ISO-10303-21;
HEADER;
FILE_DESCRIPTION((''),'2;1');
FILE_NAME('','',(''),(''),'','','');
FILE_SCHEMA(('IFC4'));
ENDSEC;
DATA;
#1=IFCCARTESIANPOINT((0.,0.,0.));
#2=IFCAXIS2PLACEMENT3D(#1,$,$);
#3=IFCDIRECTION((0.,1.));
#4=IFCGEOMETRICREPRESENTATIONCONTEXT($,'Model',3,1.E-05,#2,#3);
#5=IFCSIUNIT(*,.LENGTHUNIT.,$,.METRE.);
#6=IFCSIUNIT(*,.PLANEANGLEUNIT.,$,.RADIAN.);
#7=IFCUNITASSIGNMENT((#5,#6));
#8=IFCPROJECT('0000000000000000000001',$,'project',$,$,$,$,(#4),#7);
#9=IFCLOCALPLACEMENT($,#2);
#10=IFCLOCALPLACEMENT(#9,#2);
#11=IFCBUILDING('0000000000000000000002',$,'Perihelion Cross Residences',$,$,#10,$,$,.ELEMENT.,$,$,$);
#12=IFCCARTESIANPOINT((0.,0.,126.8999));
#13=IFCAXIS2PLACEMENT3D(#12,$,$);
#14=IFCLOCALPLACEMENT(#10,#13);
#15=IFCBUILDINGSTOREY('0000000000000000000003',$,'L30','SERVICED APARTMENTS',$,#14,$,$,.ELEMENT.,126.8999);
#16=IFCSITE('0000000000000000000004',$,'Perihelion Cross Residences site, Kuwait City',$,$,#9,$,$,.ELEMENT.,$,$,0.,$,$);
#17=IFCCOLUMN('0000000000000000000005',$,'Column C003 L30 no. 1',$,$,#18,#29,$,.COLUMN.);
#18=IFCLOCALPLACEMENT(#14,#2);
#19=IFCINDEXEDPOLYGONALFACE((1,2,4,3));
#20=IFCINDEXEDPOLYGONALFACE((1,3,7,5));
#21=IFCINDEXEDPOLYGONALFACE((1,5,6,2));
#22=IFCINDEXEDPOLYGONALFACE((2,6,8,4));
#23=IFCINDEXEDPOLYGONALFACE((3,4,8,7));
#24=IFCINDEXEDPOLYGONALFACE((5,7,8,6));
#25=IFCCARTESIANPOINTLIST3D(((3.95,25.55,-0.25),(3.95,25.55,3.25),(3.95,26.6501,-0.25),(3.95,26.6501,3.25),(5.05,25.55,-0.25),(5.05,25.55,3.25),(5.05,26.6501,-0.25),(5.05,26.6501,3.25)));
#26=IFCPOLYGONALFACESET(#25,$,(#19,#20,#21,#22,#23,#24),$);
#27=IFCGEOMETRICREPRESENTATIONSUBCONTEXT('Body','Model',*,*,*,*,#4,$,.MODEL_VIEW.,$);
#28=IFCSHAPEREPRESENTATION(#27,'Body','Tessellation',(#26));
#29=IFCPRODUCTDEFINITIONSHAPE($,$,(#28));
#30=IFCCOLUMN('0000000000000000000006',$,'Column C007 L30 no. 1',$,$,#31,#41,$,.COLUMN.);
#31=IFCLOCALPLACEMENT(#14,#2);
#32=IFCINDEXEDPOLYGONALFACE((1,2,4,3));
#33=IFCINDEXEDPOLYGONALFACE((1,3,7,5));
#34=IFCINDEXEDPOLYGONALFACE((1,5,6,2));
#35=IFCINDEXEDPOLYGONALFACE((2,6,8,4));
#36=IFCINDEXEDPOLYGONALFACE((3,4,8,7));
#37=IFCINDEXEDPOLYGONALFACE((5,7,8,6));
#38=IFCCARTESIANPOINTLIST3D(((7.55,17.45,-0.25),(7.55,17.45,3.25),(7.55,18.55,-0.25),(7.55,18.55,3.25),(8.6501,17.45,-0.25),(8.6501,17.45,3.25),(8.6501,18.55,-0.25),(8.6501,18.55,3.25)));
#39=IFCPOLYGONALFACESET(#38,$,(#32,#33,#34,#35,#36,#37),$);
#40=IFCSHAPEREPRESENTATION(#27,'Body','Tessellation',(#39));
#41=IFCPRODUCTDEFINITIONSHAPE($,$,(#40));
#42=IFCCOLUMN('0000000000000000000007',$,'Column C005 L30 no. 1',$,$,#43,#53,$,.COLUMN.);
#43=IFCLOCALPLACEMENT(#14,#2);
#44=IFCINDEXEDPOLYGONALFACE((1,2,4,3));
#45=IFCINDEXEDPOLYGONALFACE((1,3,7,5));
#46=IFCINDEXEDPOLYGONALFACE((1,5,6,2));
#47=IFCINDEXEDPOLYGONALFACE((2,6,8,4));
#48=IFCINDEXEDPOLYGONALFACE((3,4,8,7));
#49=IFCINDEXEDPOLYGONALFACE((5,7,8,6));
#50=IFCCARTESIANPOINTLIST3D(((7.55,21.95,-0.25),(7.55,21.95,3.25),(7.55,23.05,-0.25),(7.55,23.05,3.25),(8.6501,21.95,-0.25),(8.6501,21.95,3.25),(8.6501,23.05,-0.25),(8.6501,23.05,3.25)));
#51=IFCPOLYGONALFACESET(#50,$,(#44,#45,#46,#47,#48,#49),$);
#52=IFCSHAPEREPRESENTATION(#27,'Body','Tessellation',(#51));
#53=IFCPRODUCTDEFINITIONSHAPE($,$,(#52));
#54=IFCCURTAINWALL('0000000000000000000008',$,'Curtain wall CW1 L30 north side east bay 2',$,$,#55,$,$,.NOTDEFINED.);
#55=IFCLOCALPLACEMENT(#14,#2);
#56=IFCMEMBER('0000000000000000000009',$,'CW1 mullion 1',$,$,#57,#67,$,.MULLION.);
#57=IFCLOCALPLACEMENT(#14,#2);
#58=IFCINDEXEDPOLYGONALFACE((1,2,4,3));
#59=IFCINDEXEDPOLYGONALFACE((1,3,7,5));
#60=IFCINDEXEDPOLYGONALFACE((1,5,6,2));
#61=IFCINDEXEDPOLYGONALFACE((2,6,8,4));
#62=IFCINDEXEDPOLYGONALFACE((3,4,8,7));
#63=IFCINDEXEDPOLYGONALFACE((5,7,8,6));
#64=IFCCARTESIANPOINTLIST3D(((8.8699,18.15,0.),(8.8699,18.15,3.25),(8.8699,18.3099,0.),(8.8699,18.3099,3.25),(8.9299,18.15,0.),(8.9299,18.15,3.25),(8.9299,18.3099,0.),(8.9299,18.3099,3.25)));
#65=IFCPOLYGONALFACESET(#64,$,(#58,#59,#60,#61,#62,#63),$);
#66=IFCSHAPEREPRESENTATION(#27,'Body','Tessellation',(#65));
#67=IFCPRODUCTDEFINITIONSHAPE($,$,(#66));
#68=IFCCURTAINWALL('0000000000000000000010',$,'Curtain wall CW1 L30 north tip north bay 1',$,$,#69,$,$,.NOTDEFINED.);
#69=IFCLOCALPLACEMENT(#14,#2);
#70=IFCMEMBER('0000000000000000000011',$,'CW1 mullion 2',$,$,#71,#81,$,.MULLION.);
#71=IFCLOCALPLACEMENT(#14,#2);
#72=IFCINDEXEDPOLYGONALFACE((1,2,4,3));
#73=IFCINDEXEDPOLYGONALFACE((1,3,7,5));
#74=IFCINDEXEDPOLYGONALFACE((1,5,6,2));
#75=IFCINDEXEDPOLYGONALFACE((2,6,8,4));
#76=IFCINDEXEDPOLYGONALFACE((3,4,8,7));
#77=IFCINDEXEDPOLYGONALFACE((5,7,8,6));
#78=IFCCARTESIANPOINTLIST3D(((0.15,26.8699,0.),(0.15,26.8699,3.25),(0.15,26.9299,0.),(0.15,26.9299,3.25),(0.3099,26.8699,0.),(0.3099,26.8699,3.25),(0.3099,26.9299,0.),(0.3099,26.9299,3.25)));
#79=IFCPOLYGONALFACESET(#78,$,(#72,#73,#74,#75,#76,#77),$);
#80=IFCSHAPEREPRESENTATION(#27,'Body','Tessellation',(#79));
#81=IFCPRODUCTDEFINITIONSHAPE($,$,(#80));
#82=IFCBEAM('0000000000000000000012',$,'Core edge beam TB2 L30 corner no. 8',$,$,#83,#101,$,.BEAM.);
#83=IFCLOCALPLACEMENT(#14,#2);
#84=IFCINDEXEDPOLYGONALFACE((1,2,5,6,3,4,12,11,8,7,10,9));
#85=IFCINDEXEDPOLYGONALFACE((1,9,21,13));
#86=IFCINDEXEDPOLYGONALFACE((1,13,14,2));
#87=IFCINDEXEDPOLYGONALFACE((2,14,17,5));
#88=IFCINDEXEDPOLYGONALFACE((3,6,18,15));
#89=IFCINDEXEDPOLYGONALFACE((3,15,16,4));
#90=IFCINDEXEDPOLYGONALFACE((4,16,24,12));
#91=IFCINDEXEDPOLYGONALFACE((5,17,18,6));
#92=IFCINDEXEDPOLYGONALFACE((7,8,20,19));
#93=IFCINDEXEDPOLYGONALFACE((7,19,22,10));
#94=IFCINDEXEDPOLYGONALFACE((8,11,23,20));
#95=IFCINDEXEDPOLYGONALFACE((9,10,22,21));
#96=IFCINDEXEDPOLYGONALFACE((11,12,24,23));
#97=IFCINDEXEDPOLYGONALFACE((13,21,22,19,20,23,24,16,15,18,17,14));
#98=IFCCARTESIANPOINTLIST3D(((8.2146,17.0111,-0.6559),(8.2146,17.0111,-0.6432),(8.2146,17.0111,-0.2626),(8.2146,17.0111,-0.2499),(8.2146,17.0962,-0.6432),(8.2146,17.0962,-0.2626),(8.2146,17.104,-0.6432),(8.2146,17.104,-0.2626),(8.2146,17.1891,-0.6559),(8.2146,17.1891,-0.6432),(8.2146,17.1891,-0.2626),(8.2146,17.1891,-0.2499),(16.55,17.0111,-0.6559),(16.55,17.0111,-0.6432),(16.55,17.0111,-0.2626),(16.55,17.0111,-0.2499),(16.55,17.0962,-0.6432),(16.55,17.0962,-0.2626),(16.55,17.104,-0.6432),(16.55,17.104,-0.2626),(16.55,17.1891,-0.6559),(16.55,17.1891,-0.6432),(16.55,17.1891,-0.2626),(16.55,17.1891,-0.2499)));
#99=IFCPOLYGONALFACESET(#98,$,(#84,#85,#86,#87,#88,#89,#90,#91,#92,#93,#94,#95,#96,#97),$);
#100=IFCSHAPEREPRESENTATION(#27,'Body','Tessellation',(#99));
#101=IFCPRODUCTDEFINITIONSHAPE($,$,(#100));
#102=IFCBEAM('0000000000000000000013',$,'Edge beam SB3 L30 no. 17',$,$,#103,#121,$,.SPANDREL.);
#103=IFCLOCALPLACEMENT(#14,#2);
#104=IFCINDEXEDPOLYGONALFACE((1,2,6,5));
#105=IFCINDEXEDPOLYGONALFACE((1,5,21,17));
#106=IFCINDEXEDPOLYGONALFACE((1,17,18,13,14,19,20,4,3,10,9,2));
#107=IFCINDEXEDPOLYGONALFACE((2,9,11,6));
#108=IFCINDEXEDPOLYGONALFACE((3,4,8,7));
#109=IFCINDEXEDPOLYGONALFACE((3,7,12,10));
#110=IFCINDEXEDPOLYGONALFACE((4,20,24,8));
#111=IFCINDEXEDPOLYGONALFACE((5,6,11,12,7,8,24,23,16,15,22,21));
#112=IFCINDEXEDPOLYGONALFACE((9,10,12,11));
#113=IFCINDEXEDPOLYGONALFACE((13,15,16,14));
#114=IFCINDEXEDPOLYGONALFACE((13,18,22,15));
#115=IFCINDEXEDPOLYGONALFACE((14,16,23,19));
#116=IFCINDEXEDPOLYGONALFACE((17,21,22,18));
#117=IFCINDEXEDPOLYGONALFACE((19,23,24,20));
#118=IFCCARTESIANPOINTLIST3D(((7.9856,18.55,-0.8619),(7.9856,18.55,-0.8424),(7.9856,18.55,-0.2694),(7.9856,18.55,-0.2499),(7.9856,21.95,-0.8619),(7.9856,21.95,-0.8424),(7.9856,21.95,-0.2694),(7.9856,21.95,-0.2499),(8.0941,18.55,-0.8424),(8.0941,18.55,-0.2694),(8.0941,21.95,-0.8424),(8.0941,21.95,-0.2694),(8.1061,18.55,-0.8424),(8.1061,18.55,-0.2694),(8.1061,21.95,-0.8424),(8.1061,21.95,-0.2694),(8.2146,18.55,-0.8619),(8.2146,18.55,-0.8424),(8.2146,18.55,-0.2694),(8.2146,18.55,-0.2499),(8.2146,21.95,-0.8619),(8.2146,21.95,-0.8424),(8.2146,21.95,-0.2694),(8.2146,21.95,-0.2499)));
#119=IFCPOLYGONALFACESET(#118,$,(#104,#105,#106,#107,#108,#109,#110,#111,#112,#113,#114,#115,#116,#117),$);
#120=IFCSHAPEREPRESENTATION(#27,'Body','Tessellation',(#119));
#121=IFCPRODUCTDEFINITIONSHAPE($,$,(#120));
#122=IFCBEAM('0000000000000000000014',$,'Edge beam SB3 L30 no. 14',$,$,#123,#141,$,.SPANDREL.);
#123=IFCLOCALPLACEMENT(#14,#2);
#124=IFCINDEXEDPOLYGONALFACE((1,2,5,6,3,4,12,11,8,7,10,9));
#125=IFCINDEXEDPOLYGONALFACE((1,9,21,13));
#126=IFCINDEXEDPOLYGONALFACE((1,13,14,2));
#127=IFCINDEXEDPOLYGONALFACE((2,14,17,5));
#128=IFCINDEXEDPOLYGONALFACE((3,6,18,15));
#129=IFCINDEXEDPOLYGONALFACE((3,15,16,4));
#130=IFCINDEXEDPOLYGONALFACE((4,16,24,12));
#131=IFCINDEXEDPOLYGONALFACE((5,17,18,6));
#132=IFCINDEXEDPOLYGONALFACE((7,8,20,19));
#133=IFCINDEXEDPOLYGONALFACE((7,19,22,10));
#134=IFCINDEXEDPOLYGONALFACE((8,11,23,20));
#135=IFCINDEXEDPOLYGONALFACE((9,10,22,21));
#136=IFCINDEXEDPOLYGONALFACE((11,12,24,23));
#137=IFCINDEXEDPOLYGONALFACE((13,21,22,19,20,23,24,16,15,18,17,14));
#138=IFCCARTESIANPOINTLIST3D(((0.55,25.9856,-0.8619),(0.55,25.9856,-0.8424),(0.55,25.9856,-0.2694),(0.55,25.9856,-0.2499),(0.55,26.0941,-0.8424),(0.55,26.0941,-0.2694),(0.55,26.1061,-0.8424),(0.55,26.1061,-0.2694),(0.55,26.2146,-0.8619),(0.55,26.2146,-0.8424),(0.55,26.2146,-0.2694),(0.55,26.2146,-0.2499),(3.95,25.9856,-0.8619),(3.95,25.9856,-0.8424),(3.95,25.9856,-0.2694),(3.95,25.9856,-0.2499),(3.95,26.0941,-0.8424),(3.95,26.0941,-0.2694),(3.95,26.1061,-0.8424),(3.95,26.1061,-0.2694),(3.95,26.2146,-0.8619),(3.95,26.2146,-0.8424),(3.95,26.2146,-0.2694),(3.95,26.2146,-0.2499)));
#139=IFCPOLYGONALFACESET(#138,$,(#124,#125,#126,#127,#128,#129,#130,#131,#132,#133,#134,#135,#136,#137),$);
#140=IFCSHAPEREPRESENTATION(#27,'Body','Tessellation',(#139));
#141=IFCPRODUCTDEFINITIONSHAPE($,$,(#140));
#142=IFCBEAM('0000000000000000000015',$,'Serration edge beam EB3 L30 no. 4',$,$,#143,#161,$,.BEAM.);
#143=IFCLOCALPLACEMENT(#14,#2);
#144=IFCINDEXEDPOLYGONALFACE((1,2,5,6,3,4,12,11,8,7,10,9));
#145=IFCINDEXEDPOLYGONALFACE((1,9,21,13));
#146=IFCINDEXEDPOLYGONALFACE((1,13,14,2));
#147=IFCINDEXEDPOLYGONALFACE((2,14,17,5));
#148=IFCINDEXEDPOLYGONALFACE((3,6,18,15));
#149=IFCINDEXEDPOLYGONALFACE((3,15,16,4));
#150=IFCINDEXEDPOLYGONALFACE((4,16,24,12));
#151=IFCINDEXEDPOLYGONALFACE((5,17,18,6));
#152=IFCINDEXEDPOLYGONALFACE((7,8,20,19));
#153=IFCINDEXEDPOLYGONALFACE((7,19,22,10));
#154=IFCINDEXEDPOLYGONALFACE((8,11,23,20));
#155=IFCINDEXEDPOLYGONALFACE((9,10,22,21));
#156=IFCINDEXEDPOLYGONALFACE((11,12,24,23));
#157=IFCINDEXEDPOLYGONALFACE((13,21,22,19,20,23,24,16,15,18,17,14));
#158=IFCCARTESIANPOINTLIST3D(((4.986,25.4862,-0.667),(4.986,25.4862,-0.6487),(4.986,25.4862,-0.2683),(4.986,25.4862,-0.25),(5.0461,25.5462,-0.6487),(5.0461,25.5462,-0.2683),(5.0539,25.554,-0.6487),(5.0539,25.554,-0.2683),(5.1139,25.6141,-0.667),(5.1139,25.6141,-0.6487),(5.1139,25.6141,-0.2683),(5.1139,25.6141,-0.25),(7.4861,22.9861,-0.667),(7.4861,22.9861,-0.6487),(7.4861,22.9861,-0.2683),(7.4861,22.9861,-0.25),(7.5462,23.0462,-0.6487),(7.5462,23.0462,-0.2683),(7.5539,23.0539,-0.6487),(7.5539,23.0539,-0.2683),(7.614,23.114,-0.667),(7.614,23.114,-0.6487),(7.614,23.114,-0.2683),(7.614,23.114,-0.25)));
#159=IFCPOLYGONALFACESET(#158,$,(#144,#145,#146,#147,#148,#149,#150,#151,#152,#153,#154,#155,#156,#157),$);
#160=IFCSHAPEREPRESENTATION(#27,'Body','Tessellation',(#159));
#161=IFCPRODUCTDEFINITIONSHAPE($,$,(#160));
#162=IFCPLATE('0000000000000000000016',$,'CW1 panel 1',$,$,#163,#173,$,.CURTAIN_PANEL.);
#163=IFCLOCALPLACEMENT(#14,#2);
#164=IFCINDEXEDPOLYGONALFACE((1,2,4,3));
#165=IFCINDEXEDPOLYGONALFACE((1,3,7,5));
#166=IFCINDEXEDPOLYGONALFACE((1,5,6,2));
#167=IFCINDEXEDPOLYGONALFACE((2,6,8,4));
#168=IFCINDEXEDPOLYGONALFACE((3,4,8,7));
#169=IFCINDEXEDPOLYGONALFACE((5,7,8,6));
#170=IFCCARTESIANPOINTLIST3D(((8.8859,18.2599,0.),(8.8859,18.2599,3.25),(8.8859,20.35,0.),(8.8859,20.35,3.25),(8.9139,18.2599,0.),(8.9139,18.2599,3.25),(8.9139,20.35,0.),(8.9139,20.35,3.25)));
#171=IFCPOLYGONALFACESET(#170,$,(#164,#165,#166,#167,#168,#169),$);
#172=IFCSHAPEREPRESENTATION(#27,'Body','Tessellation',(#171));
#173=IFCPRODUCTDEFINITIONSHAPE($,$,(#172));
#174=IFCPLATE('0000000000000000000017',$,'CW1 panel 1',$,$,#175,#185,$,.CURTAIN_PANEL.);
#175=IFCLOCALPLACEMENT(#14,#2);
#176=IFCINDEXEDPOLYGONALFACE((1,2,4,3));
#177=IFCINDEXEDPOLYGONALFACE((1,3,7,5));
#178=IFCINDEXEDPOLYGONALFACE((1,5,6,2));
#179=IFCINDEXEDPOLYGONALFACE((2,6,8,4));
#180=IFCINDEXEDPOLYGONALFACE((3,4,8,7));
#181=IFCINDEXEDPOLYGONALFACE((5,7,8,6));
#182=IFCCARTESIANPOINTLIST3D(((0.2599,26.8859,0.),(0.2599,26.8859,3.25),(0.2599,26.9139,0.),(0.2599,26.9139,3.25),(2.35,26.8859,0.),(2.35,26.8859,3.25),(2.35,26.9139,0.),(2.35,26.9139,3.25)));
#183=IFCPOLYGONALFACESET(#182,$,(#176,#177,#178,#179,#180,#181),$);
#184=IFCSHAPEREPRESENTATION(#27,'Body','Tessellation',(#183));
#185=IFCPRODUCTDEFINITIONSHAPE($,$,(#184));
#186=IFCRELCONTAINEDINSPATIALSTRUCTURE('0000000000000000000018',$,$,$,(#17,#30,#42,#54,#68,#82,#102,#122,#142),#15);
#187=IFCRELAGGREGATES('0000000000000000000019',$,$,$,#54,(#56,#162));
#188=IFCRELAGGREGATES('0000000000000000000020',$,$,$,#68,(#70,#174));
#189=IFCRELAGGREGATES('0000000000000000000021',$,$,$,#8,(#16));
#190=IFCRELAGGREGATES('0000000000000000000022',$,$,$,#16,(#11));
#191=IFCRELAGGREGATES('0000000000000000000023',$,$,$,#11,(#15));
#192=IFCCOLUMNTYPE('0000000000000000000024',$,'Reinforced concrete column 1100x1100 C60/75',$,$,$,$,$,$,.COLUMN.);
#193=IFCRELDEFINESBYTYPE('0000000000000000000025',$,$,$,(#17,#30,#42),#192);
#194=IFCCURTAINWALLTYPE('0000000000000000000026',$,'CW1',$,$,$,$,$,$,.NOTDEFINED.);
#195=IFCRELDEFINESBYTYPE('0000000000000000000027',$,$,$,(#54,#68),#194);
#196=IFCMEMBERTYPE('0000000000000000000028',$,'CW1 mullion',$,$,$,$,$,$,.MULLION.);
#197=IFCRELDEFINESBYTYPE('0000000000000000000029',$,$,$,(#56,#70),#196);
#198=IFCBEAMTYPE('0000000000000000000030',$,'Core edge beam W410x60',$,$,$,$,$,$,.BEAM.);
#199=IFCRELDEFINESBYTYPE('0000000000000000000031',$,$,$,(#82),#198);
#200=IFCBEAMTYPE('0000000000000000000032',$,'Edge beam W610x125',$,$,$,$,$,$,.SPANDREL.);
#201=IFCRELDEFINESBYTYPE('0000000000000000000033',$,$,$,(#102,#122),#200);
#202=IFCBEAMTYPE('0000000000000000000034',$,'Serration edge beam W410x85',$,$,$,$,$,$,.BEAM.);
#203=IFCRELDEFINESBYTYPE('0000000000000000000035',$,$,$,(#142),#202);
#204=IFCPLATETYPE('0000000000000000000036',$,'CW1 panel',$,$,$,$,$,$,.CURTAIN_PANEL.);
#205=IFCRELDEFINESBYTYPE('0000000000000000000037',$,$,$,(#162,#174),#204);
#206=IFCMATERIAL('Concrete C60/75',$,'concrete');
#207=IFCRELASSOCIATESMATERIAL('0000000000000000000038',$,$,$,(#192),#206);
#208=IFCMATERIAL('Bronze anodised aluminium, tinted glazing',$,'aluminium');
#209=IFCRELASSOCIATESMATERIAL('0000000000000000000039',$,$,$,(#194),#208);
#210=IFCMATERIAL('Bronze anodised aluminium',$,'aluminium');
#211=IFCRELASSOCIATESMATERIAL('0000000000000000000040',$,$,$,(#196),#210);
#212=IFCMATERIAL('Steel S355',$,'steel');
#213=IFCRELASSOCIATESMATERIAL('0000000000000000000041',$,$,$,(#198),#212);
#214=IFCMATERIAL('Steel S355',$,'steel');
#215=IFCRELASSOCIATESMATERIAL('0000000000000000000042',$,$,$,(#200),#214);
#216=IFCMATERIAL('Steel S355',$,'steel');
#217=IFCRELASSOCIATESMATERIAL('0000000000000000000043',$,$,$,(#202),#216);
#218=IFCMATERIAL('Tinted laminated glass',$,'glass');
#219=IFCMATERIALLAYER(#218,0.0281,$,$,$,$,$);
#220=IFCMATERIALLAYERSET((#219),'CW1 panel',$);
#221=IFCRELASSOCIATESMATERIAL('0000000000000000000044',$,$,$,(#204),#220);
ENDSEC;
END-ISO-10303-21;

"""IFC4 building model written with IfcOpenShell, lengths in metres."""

from ifc_helpers import new_model, si_unit, direction, frame, origin, origin_2d, place, context, subcontext, project, spatial, rectangle, i_section, extrude, material, layer, layer_set, material_profile, profile_set, type_object, element, aggregate, save


model = new_model("IFC4")

# Units and contexts
model_context = context("Model", 3, precision=1e-05, world=origin(), true_north=direction((0.0, 1.0)))
body_context = subcontext(model_context, "Body", "Model", "MODEL_VIEW")
ifc_project = project(units=[si_unit("LENGTHUNIT", "METRE"), si_unit("PLANEANGLEUNIT", "RADIAN")], contexts=[model_context])

# Site, building, storey
site_placement = place(None, origin())
site = spatial("IfcSite", under=ifc_project, at=site_placement, Name="Perihelion Cross Residences site, Kuwait City", CompositionType="ELEMENT", RefElevation=0.0)
building_placement = place(site_placement, origin())
building = spatial("IfcBuilding", under=site, at=building_placement, Name="Perihelion Cross Residences", CompositionType="ELEMENT")
storey_placement = place(building_placement, frame((0.0, 0.0, 126.8999)))
storey = spatial("IfcBuildingStorey", under=building, at=storey_placement, Name="L30", Description="SERVICED APARTMENTS", CompositionType="ELEMENT", Elevation=126.8999)

# Columns
ifc_material_1 = material(Name="Concrete C60/75", Category="concrete")
ifc_material_profile_1 = material_profile(ifc_material_1, rectangle(XDim=1.1001, YDim=1.1001, at=origin_2d()), Name="RC 1100x1100")
ifc_profile_set_1 = profile_set([ifc_material_profile_1], Name="Concrete C60/75")
column_type = type_object("IfcColumnType", Name="Reinforced concrete column 1100x1100 C60/75", PredefinedType="COLUMN", material=ifc_profile_set_1)
for number, where, z_axis, x_axis, name in (
    (1, (4.5, 26.1001, -0.25), (0.0, 0.0, 1.0), (1.0, 0.0, 0.0), "Column C003 L30 no. 1"),
    (2, (8.1001, 18.0, -0.25), (0.0, 0.0, 1.0), (1.0, 0.0, 0.0), "Column C007 L30 no. 1"),
    (3, (8.1001, 22.5, -0.25), (0.0, 0.0, 1.0), (1.0, 0.0, 0.0), "Column C005 L30 no. 1"),
):
    element("IfcColumn", number, at=place(storey_placement, frame(where, z_axis=z_axis, x_axis=x_axis)), inside=storey, type_object=column_type, Name=name, PredefinedType="COLUMN", context=body_context, shape_type="SweptSolid", body=[
        extrude(rectangle(XDim=1.1001, YDim=1.1001, at=origin_2d()), origin(), (0.0, 0.0, 1.0), 3.5),
    ])

# Curtain walls, members
ifc_material_2 = material(Name="Bronze anodised aluminium, tinted glazing", Category="aluminium")
curtain_wall_type = type_object("IfcCurtainWallType", Name="CW1", PredefinedType="NOTDEFINED", material=ifc_material_2)
curtain_wall_1_placement = place(storey_placement, origin())
curtain_wall_1 = element("IfcCurtainWall", 4, at=curtain_wall_1_placement, inside=storey, type_object=curtain_wall_type, Name="Curtain wall CW1 L30 north side east bay 2", PredefinedType="NOTDEFINED")
ifc_material_3 = material(Name="Bronze anodised aluminium", Category="aluminium")
ifc_material_profile_2 = material_profile(ifc_material_3, rectangle(XDim=0.0601, YDim=0.1599, at=origin_2d()), Name="CW1 mullion")
ifc_profile_set_2 = profile_set([ifc_material_profile_2], Name="Bronze anodised aluminium")
member_type = type_object("IfcMemberType", Name="CW1 mullion", PredefinedType="MULLION", material=ifc_profile_set_2)
member_1_placement = place(storey_placement, frame((8.8999, 18.23, 0.0), z_axis=(0.0, 0.0, 1.0), x_axis=(-1.0, 0.0, 0.0)))
member_1 = element("IfcMember", 5, at=member_1_placement, type_object=member_type, Name="CW1 mullion 1", PredefinedType="MULLION", context=body_context, shape_type="SweptSolid", body=[
    extrude(rectangle(XDim=0.0601, YDim=0.1599, at=origin_2d()), origin(), (0.0, 0.0, 1.0), 3.25),
])
curtain_wall_2_placement = place(storey_placement, origin())
curtain_wall_2 = element("IfcCurtainWall", 6, at=curtain_wall_2_placement, inside=storey, type_object=curtain_wall_type, Name="Curtain wall CW1 L30 north tip north bay 1", PredefinedType="NOTDEFINED")
member_2_placement = place(storey_placement, frame((0.23, 26.8999, 0.0), z_axis=(0.0, 0.0, 1.0), x_axis=(0.0, -1.0, 0.0)))
member_2 = element("IfcMember", 7, at=member_2_placement, type_object=member_type, Name="CW1 mullion 2", PredefinedType="MULLION", context=body_context, shape_type="SweptSolid", body=[
    extrude(rectangle(XDim=0.0601, YDim=0.1599, at=origin_2d()), origin(), (0.0, 0.0, 1.0), 3.25),
])

# Beams
ifc_material_4 = material(Name="Steel S355", Category="steel")
ifc_material_profile_3 = material_profile(ifc_material_4, i_section(OverallWidth=0.178, OverallDepth=0.406, WebThickness=0.0078, FlangeThickness=0.0127, at=origin_2d()), Name="W410x60")
ifc_profile_set_3 = profile_set([ifc_material_profile_3], Name="Steel S355")
beam_type_1 = type_object("IfcBeamType", Name="Core edge beam W410x60", PredefinedType="BEAM", material=ifc_profile_set_3)
beam_1_placement = place(storey_placement, frame((8.2146, 17.1001, -0.4529), z_axis=(1.0, 0.0, 0.0), x_axis=(0.0, 1.0, 0.0)))
element("IfcBeam", 8, at=beam_1_placement, inside=storey, type_object=beam_type_1, Name="Core edge beam TB2 L30 corner no. 8", PredefinedType="BEAM", context=body_context, shape_type="SweptSolid", body=[
    extrude(i_section(OverallWidth=0.178, OverallDepth=0.406, WebThickness=0.0078, FlangeThickness=0.0127, at=origin_2d()), origin(), (0.0, 0.0, 1.0), 8.3354),
])
ifc_material_5 = material(Name="Steel S355", Category="steel")
ifc_material_profile_4 = material_profile(ifc_material_5, i_section(OverallWidth=0.229, OverallDepth=0.6121, WebThickness=0.012, FlangeThickness=0.0195, at=origin_2d()), Name="W610x125")
ifc_profile_set_4 = profile_set([ifc_material_profile_4], Name="Steel S355")
beam_type_2 = type_object("IfcBeamType", Name="Edge beam W610x125", PredefinedType="SPANDREL", material=ifc_profile_set_4)
for number, where, z_axis, x_axis, name in (
    (9, (8.1001, 18.55, -0.5559), (0.0, 1.0, 0.0), (-1.0, 0.0, 0.0), "Edge beam SB3 L30 no. 17"),
    (10, (3.95, 26.1001, -0.5559), (-1.0, 0.0, 0.0), (0.0, -1.0, 0.0), "Edge beam SB3 L30 no. 14"),
):
    element("IfcBeam", number, at=place(storey_placement, frame(where, z_axis=z_axis, x_axis=x_axis)), inside=storey, type_object=beam_type_2, Name=name, PredefinedType="SPANDREL", context=body_context, shape_type="SweptSolid", body=[
        extrude(i_section(OverallWidth=0.229, OverallDepth=0.6121, WebThickness=0.012, FlangeThickness=0.0195, at=origin_2d()), origin(), (0.0, 0.0, 1.0), 3.3999),
    ])
ifc_material_6 = material(Name="Steel S355", Category="steel")
ifc_material_profile_5 = material_profile(ifc_material_6, i_section(OverallWidth=0.1809, OverallDepth=0.417, WebThickness=0.011, FlangeThickness=0.0183, at=origin_2d()), Name="W410x85")
ifc_profile_set_5 = profile_set([ifc_material_profile_5], Name="Steel S355")
beam_type_3 = type_object("IfcBeamType", Name="Serration edge beam W410x85", PredefinedType="BEAM", material=ifc_profile_set_5)
beam_2_placement = place(storey_placement, frame((7.55, 23.05, -0.4585), z_axis=(-0.707107, 0.707107, 0.0), x_axis=(-0.707107, -0.707107, 0.0)))
element("IfcBeam", 11, at=beam_2_placement, inside=storey, type_object=beam_type_3, Name="Serration edge beam EB3 L30 no. 4", PredefinedType="BEAM", context=body_context, shape_type="SweptSolid", body=[
    extrude(i_section(OverallWidth=0.1809, OverallDepth=0.417, WebThickness=0.011, FlangeThickness=0.0183, at=origin_2d()), origin(), (0.0, 0.0, 1.0), 3.5356),
])

# Plates
ifc_material_7 = material(Name="Tinted laminated glass", Category="glass")
ifc_layer_1 = layer(ifc_material_7, 0.0281)
ifc_layer_set_1 = layer_set([ifc_layer_1], Name="CW1 panel")
plate_type = type_object("IfcPlateType", Name="CW1 panel", PredefinedType="CURTAIN_PANEL", material=ifc_layer_set_1)
plate_1_placement = place(storey_placement, frame((8.8999, 19.3049, 0.0), z_axis=(0.0, 0.0, 1.0), x_axis=(0.0, 1.0, 0.0)))
plate_1 = element("IfcPlate", 12, at=plate_1_placement, type_object=plate_type, Name="CW1 panel 1", PredefinedType="CURTAIN_PANEL", context=body_context, shape_type="SweptSolid", body=[
    extrude(rectangle(XDim=2.0901, YDim=0.0281, at=origin_2d()), origin(), (0.0, 0.0, 1.0), 3.25),
])
aggregate(curtain_wall_1, [member_1, plate_1])
plate_2_placement = place(storey_placement, frame((1.3049, 26.8999, 0.0), z_axis=(0.0, 0.0, 1.0), x_axis=(-1.0, 0.0, 0.0)))
plate_2 = element("IfcPlate", 13, at=plate_2_placement, type_object=plate_type, Name="CW1 panel 1", PredefinedType="CURTAIN_PANEL", context=body_context, shape_type="SweptSolid", body=[
    extrude(rectangle(XDim=2.0901, YDim=0.0281, at=origin_2d()), origin(), (0.0, 0.0, 1.0), 3.25),
])
aggregate(curtain_wall_2, [member_2, plate_2])

save(model, "model.ifc")
